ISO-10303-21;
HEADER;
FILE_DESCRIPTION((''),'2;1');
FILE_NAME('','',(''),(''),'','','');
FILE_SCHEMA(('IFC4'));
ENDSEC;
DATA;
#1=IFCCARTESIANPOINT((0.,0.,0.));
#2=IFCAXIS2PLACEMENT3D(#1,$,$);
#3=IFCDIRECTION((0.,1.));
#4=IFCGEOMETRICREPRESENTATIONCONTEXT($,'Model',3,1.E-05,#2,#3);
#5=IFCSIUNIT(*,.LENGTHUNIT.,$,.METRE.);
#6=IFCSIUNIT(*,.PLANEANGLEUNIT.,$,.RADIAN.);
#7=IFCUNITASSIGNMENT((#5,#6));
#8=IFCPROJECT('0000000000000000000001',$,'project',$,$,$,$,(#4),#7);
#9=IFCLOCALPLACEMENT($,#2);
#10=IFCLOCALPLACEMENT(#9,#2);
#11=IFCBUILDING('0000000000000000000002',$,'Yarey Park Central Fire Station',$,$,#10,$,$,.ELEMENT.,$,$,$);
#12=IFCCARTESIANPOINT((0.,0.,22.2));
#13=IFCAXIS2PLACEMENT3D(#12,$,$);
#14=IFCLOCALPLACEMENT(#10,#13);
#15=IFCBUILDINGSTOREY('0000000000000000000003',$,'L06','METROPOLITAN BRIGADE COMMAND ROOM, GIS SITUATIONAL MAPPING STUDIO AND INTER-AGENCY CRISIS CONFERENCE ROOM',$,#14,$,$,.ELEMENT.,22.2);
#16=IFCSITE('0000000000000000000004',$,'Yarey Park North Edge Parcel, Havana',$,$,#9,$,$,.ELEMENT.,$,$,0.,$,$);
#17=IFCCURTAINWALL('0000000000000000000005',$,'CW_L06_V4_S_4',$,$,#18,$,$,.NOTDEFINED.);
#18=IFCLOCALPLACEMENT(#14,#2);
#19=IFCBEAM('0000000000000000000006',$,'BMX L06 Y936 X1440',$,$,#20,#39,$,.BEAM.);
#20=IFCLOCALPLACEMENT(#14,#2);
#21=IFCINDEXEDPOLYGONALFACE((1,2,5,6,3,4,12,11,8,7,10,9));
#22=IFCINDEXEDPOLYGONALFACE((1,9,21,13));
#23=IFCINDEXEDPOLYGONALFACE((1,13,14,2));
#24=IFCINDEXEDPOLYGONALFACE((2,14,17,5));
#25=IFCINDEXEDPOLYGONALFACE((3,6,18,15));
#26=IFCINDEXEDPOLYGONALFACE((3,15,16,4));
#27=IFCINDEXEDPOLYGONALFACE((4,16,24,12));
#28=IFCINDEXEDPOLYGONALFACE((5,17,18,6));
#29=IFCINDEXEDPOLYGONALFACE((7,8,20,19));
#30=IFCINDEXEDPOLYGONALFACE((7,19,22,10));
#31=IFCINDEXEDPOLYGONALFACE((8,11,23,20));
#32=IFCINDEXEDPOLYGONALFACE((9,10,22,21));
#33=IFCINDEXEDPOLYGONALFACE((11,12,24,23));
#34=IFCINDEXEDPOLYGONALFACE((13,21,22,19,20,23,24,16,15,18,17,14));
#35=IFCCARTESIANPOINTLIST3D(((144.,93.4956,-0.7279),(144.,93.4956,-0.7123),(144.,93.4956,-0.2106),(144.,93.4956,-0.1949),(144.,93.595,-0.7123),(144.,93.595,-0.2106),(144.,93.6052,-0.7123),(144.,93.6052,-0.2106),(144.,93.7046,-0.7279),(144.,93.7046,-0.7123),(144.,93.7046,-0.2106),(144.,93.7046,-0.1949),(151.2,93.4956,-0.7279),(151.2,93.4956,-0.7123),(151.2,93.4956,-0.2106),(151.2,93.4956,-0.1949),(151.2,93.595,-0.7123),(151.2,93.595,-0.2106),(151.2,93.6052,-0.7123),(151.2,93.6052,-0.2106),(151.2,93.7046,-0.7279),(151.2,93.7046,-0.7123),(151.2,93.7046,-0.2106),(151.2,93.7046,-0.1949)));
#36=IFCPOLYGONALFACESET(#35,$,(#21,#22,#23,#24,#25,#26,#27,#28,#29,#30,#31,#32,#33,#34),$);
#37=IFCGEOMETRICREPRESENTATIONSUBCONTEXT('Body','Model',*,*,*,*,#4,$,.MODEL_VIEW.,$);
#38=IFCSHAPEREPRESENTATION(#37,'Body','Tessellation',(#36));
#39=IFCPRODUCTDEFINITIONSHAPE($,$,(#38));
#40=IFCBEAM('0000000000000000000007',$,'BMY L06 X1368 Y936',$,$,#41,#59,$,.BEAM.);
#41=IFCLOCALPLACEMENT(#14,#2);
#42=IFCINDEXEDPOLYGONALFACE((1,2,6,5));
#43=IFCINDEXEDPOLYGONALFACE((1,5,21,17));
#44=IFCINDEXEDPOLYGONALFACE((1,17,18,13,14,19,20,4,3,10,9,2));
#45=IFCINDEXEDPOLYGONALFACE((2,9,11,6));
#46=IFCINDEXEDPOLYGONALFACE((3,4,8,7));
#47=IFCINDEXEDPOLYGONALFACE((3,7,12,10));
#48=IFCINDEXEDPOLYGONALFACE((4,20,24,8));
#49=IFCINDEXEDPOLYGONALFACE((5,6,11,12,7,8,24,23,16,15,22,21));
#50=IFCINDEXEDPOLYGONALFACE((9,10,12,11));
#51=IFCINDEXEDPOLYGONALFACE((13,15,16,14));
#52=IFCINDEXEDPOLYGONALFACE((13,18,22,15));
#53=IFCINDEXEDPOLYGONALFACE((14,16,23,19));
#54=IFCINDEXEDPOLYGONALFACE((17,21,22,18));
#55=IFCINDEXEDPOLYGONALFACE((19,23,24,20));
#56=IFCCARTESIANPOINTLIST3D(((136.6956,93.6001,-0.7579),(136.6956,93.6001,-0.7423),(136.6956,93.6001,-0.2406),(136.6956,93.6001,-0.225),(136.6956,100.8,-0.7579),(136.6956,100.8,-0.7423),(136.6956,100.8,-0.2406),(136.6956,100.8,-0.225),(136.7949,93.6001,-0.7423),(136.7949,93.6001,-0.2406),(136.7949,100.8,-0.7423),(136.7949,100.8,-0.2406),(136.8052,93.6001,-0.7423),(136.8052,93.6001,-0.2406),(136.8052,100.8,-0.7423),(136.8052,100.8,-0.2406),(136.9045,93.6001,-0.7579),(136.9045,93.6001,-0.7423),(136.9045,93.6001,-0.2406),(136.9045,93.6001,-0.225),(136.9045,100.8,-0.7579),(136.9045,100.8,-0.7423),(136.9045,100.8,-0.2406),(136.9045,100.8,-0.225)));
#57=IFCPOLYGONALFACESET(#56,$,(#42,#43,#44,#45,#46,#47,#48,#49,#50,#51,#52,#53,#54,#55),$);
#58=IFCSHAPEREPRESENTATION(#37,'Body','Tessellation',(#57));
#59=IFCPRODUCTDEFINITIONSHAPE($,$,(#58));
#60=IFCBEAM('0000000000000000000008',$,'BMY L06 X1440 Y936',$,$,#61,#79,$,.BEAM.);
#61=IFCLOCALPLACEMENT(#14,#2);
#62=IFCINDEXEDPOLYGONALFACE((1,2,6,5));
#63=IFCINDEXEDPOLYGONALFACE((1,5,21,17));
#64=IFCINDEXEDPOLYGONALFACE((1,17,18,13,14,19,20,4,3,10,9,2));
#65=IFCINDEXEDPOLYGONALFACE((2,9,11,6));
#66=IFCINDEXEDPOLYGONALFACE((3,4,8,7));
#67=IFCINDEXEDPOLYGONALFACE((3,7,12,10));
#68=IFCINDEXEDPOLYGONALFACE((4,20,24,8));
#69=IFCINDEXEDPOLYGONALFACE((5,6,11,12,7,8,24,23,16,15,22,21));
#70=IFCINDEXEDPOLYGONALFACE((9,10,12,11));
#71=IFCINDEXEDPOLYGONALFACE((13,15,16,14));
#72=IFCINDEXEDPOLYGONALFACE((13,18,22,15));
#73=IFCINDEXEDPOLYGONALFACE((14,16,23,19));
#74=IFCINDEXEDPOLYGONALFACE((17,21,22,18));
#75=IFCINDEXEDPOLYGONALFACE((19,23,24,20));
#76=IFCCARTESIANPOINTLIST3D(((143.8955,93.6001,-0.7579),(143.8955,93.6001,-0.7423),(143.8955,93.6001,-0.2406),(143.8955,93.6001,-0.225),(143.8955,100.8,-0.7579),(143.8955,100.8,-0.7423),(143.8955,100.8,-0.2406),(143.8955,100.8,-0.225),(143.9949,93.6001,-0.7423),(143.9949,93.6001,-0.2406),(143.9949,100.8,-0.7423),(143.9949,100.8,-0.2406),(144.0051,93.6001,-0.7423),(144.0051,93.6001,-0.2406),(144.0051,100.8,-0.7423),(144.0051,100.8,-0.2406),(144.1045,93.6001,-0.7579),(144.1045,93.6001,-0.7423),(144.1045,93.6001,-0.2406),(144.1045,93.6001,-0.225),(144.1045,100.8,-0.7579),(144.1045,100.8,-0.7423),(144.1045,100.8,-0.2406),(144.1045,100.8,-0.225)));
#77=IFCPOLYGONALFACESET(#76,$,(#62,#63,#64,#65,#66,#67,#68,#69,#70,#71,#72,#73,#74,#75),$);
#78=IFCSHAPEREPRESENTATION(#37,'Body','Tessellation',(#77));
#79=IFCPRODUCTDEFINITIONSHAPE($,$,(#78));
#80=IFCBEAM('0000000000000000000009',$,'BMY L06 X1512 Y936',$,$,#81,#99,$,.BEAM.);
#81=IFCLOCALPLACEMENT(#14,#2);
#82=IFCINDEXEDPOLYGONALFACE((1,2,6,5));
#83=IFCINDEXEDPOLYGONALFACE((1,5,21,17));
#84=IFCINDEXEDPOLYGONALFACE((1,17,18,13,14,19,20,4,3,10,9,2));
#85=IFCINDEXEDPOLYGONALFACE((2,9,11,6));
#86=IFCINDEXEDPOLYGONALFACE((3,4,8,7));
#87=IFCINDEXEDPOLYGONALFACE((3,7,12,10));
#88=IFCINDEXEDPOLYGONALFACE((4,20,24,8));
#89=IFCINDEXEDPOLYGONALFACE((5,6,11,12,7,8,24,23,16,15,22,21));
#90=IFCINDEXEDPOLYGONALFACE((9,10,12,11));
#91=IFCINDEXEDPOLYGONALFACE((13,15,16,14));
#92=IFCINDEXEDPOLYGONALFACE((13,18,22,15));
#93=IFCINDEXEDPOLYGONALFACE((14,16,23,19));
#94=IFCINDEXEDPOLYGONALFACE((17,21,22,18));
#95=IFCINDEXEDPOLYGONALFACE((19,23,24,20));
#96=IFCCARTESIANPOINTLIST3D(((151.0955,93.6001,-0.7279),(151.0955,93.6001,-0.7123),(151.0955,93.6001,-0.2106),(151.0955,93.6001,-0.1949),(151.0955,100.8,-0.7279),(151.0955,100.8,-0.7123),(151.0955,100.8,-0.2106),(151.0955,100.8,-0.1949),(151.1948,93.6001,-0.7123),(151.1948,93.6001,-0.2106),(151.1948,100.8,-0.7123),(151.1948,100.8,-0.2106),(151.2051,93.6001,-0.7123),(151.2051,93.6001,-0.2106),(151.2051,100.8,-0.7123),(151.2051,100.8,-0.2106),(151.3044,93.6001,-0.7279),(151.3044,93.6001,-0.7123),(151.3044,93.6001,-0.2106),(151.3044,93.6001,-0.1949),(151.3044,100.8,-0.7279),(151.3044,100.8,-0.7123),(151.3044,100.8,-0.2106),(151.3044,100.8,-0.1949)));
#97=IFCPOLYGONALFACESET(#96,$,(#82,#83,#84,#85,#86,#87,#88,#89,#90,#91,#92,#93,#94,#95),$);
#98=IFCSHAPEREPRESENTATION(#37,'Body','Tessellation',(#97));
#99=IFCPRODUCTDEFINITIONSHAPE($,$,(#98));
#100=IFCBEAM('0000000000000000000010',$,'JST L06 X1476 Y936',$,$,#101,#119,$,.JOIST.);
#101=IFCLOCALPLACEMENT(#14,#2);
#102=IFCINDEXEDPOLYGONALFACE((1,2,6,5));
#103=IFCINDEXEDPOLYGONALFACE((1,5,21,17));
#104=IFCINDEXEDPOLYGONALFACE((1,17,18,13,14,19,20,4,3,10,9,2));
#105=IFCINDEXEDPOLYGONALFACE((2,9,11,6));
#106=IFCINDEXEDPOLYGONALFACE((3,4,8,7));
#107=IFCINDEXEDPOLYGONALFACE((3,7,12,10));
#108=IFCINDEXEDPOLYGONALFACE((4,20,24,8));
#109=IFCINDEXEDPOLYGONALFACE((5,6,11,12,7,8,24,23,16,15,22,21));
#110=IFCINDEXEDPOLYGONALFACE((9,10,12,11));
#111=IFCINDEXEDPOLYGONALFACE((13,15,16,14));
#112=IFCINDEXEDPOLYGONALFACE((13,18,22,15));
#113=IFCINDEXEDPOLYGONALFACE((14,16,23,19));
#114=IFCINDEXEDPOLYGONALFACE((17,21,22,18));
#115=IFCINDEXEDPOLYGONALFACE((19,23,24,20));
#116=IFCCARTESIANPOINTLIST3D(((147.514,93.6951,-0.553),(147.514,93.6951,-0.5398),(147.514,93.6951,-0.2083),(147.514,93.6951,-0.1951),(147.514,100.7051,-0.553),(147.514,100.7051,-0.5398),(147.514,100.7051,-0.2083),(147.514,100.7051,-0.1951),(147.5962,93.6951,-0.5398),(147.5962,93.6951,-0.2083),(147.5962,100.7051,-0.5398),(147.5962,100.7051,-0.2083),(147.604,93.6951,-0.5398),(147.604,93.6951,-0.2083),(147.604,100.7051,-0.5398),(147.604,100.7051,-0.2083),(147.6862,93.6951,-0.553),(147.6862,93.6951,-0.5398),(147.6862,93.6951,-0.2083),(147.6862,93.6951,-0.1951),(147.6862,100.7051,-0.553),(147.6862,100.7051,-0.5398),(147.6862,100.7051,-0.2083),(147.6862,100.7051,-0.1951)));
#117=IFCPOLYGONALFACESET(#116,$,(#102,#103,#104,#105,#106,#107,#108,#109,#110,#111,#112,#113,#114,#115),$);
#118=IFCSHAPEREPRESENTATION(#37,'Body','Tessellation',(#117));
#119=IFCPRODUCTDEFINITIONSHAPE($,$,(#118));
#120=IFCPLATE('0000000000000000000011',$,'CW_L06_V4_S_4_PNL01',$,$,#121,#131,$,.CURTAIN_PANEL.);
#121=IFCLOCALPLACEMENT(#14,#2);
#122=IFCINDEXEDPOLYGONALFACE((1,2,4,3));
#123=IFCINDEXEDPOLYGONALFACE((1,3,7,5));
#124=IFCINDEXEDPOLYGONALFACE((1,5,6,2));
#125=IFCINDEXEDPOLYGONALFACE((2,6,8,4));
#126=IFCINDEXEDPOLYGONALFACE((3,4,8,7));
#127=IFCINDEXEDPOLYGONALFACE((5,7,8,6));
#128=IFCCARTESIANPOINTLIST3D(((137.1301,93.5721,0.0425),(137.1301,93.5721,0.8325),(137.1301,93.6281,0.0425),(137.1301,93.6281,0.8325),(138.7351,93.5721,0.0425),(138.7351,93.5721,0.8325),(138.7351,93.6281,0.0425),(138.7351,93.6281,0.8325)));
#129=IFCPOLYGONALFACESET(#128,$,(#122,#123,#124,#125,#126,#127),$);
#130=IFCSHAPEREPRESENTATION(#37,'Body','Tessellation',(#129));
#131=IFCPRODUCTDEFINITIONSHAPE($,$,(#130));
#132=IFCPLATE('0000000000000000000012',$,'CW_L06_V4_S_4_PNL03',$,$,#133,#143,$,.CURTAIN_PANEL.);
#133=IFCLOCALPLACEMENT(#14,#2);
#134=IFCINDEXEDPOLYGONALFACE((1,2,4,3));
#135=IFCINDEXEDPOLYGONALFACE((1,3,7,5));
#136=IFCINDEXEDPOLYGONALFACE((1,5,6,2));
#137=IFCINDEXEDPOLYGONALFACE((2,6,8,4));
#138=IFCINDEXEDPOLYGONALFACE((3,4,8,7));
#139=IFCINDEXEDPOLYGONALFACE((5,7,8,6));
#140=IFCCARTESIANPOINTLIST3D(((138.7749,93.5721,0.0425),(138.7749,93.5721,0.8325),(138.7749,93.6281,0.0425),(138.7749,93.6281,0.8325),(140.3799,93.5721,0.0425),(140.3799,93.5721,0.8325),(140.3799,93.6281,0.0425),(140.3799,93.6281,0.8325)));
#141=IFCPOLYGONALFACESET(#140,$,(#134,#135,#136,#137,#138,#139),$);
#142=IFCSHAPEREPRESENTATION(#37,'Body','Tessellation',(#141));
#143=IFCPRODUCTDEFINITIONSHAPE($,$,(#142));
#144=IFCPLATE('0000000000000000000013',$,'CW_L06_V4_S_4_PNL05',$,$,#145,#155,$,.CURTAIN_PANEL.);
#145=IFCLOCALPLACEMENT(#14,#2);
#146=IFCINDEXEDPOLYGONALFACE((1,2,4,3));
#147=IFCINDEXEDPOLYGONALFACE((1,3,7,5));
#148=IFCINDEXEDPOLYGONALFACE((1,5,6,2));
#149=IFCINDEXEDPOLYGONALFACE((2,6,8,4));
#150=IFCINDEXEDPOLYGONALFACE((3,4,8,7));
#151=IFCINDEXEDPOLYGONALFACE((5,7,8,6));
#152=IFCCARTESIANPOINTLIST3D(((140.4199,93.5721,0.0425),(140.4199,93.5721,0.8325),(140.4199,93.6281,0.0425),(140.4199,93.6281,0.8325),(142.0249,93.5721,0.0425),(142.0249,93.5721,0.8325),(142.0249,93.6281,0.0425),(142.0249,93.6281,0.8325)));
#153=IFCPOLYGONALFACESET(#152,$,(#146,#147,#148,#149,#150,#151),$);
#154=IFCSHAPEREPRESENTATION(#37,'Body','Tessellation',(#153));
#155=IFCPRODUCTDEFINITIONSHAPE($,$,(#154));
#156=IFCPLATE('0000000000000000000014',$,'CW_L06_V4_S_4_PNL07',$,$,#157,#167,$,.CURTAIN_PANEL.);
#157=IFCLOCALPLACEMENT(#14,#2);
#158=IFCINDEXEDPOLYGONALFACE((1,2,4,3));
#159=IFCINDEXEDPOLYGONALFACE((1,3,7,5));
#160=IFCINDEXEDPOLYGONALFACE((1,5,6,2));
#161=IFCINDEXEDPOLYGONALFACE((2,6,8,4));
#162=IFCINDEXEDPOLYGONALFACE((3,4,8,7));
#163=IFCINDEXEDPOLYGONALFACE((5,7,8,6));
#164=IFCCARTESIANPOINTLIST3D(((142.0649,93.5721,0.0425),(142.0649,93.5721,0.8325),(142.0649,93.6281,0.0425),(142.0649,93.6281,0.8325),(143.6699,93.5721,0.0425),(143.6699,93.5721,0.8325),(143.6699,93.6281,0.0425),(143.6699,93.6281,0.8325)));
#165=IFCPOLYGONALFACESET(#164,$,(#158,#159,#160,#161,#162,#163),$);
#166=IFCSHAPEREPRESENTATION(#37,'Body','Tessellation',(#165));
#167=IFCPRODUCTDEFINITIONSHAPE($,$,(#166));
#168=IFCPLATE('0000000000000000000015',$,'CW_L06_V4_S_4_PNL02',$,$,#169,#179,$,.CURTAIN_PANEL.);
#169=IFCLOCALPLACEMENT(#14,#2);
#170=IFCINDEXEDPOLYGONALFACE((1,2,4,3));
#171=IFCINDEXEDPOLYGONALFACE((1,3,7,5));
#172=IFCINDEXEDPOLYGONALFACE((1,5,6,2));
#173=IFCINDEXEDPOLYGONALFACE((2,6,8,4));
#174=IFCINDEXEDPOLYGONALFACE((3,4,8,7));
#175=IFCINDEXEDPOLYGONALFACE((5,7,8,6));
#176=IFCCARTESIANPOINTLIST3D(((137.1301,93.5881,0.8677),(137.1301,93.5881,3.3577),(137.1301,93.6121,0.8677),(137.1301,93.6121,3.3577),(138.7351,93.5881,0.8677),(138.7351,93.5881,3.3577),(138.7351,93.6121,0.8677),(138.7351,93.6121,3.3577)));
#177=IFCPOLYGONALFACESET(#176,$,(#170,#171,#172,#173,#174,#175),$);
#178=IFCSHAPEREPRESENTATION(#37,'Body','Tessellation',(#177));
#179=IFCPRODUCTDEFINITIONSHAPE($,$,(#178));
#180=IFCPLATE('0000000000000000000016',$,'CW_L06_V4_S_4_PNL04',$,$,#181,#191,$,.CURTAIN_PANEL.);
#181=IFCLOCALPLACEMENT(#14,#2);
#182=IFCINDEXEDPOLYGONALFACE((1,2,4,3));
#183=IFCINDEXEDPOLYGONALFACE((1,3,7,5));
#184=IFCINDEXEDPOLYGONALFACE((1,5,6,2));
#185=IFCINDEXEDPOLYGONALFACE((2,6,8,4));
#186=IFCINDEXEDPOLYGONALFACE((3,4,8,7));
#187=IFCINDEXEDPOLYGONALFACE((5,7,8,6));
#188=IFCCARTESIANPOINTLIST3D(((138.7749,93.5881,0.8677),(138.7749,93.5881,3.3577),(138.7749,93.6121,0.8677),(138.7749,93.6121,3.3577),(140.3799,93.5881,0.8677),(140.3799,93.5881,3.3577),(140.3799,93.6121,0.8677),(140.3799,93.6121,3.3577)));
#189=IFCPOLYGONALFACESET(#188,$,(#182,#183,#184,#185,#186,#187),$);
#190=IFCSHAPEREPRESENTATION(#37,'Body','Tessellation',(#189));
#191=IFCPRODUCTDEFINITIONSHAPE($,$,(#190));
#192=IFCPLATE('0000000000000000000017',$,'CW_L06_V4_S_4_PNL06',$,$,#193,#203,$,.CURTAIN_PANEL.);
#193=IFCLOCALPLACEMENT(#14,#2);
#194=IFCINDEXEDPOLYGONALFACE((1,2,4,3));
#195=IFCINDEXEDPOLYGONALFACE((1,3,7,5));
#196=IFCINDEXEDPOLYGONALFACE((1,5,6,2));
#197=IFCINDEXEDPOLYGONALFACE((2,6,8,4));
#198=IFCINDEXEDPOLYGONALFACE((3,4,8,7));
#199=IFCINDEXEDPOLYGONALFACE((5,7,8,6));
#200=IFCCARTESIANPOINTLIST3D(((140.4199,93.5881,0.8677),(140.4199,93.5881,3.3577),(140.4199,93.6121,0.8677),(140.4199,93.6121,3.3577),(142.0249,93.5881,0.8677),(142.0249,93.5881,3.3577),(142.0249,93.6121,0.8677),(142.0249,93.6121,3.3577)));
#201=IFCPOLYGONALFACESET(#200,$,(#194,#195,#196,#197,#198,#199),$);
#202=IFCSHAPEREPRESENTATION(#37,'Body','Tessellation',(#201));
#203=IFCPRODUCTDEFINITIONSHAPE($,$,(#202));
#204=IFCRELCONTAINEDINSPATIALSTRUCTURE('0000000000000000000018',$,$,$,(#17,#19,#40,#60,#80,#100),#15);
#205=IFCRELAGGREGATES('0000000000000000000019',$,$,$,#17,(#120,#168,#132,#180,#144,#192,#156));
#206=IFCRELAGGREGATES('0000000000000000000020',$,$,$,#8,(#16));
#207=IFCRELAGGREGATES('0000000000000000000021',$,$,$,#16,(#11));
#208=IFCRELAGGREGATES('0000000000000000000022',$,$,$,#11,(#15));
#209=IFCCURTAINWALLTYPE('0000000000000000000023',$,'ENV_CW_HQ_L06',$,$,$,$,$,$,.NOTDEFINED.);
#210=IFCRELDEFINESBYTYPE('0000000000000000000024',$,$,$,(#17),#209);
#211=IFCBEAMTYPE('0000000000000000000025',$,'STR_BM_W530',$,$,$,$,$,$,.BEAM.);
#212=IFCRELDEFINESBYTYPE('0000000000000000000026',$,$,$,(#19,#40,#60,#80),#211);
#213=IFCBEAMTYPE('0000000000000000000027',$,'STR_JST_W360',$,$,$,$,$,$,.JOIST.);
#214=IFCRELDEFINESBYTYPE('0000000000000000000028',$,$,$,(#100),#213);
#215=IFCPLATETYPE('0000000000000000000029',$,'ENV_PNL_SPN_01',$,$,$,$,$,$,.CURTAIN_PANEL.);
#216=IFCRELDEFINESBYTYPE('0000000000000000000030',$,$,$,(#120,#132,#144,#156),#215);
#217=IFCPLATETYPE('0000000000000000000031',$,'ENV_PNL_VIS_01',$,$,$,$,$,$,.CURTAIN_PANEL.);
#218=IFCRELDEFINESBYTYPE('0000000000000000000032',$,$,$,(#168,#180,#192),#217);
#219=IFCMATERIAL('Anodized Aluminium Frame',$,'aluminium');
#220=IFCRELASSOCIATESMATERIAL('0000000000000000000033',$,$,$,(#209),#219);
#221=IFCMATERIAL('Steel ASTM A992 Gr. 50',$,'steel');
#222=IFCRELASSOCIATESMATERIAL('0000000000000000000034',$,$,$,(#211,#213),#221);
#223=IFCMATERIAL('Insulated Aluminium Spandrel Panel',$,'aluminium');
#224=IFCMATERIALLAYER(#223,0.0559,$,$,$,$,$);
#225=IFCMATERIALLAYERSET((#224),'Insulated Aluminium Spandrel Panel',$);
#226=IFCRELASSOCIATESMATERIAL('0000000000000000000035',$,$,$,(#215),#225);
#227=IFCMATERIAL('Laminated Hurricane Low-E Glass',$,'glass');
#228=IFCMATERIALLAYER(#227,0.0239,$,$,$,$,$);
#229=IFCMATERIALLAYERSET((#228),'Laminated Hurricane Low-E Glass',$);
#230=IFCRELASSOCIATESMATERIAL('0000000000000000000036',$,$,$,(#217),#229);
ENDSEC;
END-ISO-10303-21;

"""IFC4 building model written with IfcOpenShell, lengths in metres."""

from ifc_helpers import new_model, si_unit, direction, frame, origin, origin_2d, place, context, subcontext, project, spatial, rectangle, i_section, extrude, material, layer, layer_set, material_profile, profile_set, type_object, element, aggregate, save


model = new_model("IFC4")

# Units and contexts
model_context = context("Model", 3, precision=1e-05, world=origin(), true_north=direction((0.0, 1.0)))
body_context = subcontext(model_context, "Body", "Model", "MODEL_VIEW")
ifc_project = project(units=[si_unit("LENGTHUNIT", "METRE"), si_unit("PLANEANGLEUNIT", "RADIAN")], contexts=[model_context])

# Site, building, storey
site_placement = place(None, origin())
site = spatial("IfcSite", under=ifc_project, at=site_placement, Name="Yarey Park North Edge Parcel, Havana", CompositionType="ELEMENT", RefElevation=0.0)
building_placement = place(site_placement, origin())
building = spatial("IfcBuilding", under=site, at=building_placement, Name="Yarey Park Central Fire Station", CompositionType="ELEMENT")
storey_placement = place(building_placement, frame((0.0, 0.0, 22.2)))
storey = spatial("IfcBuildingStorey", under=building, at=storey_placement, Name="L06", Description="METROPOLITAN BRIGADE COMMAND ROOM, GIS SITUATIONAL MAPPING STUDIO AND INTER-AGENCY CRISIS CONFERENCE ROOM", CompositionType="ELEMENT", Elevation=22.2)

# Curtain wall
ifc_material_1 = material(Name="Anodized Aluminium Frame", Category="aluminium")
curtain_wall_type = type_object("IfcCurtainWallType", Name="ENV_CW_HQ_L06", PredefinedType="NOTDEFINED", material=ifc_material_1)
curtain_wall_1_placement = place(storey_placement, origin())
curtain_wall_1 = element("IfcCurtainWall", 1, at=curtain_wall_1_placement, inside=storey, type_object=curtain_wall_type, Name="CW_L06_V4_S_4", PredefinedType="NOTDEFINED")

# Beams
ifc_material_2 = material(Name="Steel ASTM A992 Gr. 50", Category="steel")
ifc_material_profile_1 = material_profile(ifc_material_2, i_section(OverallWidth=0.209, OverallDepth=0.533, WebThickness=0.0103, FlangeThickness=0.0156, at=origin_2d()), Name="W530x92")
ifc_profile_set_1 = profile_set([ifc_material_profile_1], Name="Steel ASTM A992 Gr. 50")
beam_type_1 = type_object("IfcBeamType", Name="STR_BM_W530", PredefinedType="BEAM", material=ifc_profile_set_1)
for number, where, z_axis, x_axis, name in (
    (2, (144.0, 93.6001, -0.4614), (1.0, 0.0, 0.0), (0.0, 1.0, 0.0), "BMX L06 Y936 X1440"),
    (3, (136.8, 93.6001, -0.4915), (0.0, 1.0, 0.0), (-1.0, 0.0, 0.0), "BMY L06 X1368 Y936"),
    (4, (144.0, 93.6001, -0.4915), (0.0, 1.0, 0.0), (-1.0, 0.0, 0.0), "BMY L06 X1440 Y936"),
    (5, (151.2, 93.6001, -0.4614), (0.0, 1.0, 0.0), (-1.0, 0.0, 0.0), "BMY L06 X1512 Y936"),
):
    element("IfcBeam", number, at=place(storey_placement, frame(where, z_axis=z_axis, x_axis=x_axis)), inside=storey, type_object=beam_type_1, Name=name, PredefinedType="BEAM", context=body_context, shape_type="SweptSolid", body=[
        extrude(i_section(OverallWidth=0.209, OverallDepth=0.533, WebThickness=0.0103, FlangeThickness=0.0156, at=origin_2d()), origin(), (0.0, 0.0, 1.0), 7.2),
    ])
ifc_material_profile_2 = material_profile(ifc_material_2, i_section(OverallWidth=0.1721, OverallDepth=0.3579, WebThickness=0.0078, FlangeThickness=0.0132, at=origin_2d()), Name="W360x57")
ifc_profile_set_2 = profile_set([ifc_material_profile_2], Name="Steel ASTM A992 Gr. 50")
beam_type_2 = type_object("IfcBeamType", Name="STR_JST_W360", PredefinedType="JOIST", material=ifc_profile_set_2)
beam_placement = place(storey_placement, frame((147.6001, 93.6951, -0.374), z_axis=(0.0, 1.0, 0.0), x_axis=(-1.0, 0.0, 0.0)))
element("IfcBeam", 6, at=beam_placement, inside=storey, type_object=beam_type_2, Name="JST L06 X1476 Y936", PredefinedType="JOIST", context=body_context, shape_type="SweptSolid", body=[
    extrude(i_section(OverallWidth=0.1721, OverallDepth=0.3579, WebThickness=0.0078, FlangeThickness=0.0132, at=origin_2d()), origin(), (0.0, 0.0, 1.0), 7.01),
])

# Plates
ifc_material_3 = material(Name="Insulated Aluminium Spandrel Panel", Category="aluminium")
ifc_layer_1 = layer(ifc_material_3, 0.0559)
ifc_layer_set_1 = layer_set([ifc_layer_1], Name="Insulated Aluminium Spandrel Panel")
plate_type_1 = type_object("IfcPlateType", Name="ENV_PNL_SPN_01", PredefinedType="CURTAIN_PANEL", material=ifc_layer_set_1)
plate_1_placement = place(storey_placement, frame((137.9326, 93.6001, 0.0425), z_axis=(0.0, 0.0, 1.0), x_axis=(1.0, 0.0, 0.0)))
plate_1 = element("IfcPlate", 7, at=plate_1_placement, type_object=plate_type_1, Name="CW_L06_V4_S_4_PNL01", PredefinedType="CURTAIN_PANEL", context=body_context, shape_type="SweptSolid", body=[
    extrude(rectangle(XDim=1.605, YDim=0.0559, at=origin_2d()), origin(), (0.0, 0.0, 1.0), 0.79),
])
plate_2_placement = place(storey_placement, frame((139.5774, 93.6001, 0.0425), z_axis=(0.0, 0.0, 1.0), x_axis=(1.0, 0.0, 0.0)))
plate_2 = element("IfcPlate", 8, at=plate_2_placement, type_object=plate_type_1, Name="CW_L06_V4_S_4_PNL03", PredefinedType="CURTAIN_PANEL", context=body_context, shape_type="SweptSolid", body=[
    extrude(rectangle(XDim=1.605, YDim=0.0559, at=origin_2d()), origin(), (0.0, 0.0, 1.0), 0.79),
])
plate_3_placement = place(storey_placement, frame((141.2224, 93.6001, 0.0425), z_axis=(0.0, 0.0, 1.0), x_axis=(1.0, 0.0, 0.0)))
plate_3 = element("IfcPlate", 9, at=plate_3_placement, type_object=plate_type_1, Name="CW_L06_V4_S_4_PNL05", PredefinedType="CURTAIN_PANEL", context=body_context, shape_type="SweptSolid", body=[
    extrude(rectangle(XDim=1.605, YDim=0.0559, at=origin_2d()), origin(), (0.0, 0.0, 1.0), 0.79),
])
plate_4_placement = place(storey_placement, frame((142.8674, 93.6001, 0.0425), z_axis=(0.0, 0.0, 1.0), x_axis=(1.0, 0.0, 0.0)))
plate_4 = element("IfcPlate", 10, at=plate_4_placement, type_object=plate_type_1, Name="CW_L06_V4_S_4_PNL07", PredefinedType="CURTAIN_PANEL", context=body_context, shape_type="SweptSolid", body=[
    extrude(rectangle(XDim=1.605, YDim=0.0559, at=origin_2d()), origin(), (0.0, 0.0, 1.0), 0.79),
])
ifc_material_4 = material(Name="Laminated Hurricane Low-E Glass", Category="glass")
ifc_layer_2 = layer(ifc_material_4, 0.0239)
ifc_layer_set_2 = layer_set([ifc_layer_2], Name="Laminated Hurricane Low-E Glass")
plate_type_2 = type_object("IfcPlateType", Name="ENV_PNL_VIS_01", PredefinedType="CURTAIN_PANEL", material=ifc_layer_set_2)
plate_5_placement = place(storey_placement, frame((137.9326, 93.6001, 0.8677), z_axis=(0.0, 0.0, 1.0), x_axis=(1.0, 0.0, 0.0)))
plate_5 = element("IfcPlate", 11, at=plate_5_placement, type_object=plate_type_2, Name="CW_L06_V4_S_4_PNL02", PredefinedType="CURTAIN_PANEL", context=body_context, shape_type="SweptSolid", body=[
    extrude(rectangle(XDim=1.605, YDim=0.0239, at=origin_2d()), origin(), (0.0, 0.0, 1.0), 2.49),
])
plate_6_placement = place(storey_placement, frame((139.5774, 93.6001, 0.8677), z_axis=(0.0, 0.0, 1.0), x_axis=(1.0, 0.0, 0.0)))
plate_6 = element("IfcPlate", 12, at=plate_6_placement, type_object=plate_type_2, Name="CW_L06_V4_S_4_PNL04", PredefinedType="CURTAIN_PANEL", context=body_context, shape_type="SweptSolid", body=[
    extrude(rectangle(XDim=1.605, YDim=0.0239, at=origin_2d()), origin(), (0.0, 0.0, 1.0), 2.49),
])
plate_7_placement = place(storey_placement, frame((141.2224, 93.6001, 0.8677), z_axis=(0.0, 0.0, 1.0), x_axis=(1.0, 0.0, 0.0)))
plate_7 = element("IfcPlate", 13, at=plate_7_placement, type_object=plate_type_2, Name="CW_L06_V4_S_4_PNL06", PredefinedType="CURTAIN_PANEL", context=body_context, shape_type="SweptSolid", body=[
    extrude(rectangle(XDim=1.605, YDim=0.0239, at=origin_2d()), origin(), (0.0, 0.0, 1.0), 2.49),
])
aggregate(curtain_wall_1, [plate_1, plate_5, plate_2, plate_6, plate_3, plate_7, plate_4])

save(model, "model.ifc")
